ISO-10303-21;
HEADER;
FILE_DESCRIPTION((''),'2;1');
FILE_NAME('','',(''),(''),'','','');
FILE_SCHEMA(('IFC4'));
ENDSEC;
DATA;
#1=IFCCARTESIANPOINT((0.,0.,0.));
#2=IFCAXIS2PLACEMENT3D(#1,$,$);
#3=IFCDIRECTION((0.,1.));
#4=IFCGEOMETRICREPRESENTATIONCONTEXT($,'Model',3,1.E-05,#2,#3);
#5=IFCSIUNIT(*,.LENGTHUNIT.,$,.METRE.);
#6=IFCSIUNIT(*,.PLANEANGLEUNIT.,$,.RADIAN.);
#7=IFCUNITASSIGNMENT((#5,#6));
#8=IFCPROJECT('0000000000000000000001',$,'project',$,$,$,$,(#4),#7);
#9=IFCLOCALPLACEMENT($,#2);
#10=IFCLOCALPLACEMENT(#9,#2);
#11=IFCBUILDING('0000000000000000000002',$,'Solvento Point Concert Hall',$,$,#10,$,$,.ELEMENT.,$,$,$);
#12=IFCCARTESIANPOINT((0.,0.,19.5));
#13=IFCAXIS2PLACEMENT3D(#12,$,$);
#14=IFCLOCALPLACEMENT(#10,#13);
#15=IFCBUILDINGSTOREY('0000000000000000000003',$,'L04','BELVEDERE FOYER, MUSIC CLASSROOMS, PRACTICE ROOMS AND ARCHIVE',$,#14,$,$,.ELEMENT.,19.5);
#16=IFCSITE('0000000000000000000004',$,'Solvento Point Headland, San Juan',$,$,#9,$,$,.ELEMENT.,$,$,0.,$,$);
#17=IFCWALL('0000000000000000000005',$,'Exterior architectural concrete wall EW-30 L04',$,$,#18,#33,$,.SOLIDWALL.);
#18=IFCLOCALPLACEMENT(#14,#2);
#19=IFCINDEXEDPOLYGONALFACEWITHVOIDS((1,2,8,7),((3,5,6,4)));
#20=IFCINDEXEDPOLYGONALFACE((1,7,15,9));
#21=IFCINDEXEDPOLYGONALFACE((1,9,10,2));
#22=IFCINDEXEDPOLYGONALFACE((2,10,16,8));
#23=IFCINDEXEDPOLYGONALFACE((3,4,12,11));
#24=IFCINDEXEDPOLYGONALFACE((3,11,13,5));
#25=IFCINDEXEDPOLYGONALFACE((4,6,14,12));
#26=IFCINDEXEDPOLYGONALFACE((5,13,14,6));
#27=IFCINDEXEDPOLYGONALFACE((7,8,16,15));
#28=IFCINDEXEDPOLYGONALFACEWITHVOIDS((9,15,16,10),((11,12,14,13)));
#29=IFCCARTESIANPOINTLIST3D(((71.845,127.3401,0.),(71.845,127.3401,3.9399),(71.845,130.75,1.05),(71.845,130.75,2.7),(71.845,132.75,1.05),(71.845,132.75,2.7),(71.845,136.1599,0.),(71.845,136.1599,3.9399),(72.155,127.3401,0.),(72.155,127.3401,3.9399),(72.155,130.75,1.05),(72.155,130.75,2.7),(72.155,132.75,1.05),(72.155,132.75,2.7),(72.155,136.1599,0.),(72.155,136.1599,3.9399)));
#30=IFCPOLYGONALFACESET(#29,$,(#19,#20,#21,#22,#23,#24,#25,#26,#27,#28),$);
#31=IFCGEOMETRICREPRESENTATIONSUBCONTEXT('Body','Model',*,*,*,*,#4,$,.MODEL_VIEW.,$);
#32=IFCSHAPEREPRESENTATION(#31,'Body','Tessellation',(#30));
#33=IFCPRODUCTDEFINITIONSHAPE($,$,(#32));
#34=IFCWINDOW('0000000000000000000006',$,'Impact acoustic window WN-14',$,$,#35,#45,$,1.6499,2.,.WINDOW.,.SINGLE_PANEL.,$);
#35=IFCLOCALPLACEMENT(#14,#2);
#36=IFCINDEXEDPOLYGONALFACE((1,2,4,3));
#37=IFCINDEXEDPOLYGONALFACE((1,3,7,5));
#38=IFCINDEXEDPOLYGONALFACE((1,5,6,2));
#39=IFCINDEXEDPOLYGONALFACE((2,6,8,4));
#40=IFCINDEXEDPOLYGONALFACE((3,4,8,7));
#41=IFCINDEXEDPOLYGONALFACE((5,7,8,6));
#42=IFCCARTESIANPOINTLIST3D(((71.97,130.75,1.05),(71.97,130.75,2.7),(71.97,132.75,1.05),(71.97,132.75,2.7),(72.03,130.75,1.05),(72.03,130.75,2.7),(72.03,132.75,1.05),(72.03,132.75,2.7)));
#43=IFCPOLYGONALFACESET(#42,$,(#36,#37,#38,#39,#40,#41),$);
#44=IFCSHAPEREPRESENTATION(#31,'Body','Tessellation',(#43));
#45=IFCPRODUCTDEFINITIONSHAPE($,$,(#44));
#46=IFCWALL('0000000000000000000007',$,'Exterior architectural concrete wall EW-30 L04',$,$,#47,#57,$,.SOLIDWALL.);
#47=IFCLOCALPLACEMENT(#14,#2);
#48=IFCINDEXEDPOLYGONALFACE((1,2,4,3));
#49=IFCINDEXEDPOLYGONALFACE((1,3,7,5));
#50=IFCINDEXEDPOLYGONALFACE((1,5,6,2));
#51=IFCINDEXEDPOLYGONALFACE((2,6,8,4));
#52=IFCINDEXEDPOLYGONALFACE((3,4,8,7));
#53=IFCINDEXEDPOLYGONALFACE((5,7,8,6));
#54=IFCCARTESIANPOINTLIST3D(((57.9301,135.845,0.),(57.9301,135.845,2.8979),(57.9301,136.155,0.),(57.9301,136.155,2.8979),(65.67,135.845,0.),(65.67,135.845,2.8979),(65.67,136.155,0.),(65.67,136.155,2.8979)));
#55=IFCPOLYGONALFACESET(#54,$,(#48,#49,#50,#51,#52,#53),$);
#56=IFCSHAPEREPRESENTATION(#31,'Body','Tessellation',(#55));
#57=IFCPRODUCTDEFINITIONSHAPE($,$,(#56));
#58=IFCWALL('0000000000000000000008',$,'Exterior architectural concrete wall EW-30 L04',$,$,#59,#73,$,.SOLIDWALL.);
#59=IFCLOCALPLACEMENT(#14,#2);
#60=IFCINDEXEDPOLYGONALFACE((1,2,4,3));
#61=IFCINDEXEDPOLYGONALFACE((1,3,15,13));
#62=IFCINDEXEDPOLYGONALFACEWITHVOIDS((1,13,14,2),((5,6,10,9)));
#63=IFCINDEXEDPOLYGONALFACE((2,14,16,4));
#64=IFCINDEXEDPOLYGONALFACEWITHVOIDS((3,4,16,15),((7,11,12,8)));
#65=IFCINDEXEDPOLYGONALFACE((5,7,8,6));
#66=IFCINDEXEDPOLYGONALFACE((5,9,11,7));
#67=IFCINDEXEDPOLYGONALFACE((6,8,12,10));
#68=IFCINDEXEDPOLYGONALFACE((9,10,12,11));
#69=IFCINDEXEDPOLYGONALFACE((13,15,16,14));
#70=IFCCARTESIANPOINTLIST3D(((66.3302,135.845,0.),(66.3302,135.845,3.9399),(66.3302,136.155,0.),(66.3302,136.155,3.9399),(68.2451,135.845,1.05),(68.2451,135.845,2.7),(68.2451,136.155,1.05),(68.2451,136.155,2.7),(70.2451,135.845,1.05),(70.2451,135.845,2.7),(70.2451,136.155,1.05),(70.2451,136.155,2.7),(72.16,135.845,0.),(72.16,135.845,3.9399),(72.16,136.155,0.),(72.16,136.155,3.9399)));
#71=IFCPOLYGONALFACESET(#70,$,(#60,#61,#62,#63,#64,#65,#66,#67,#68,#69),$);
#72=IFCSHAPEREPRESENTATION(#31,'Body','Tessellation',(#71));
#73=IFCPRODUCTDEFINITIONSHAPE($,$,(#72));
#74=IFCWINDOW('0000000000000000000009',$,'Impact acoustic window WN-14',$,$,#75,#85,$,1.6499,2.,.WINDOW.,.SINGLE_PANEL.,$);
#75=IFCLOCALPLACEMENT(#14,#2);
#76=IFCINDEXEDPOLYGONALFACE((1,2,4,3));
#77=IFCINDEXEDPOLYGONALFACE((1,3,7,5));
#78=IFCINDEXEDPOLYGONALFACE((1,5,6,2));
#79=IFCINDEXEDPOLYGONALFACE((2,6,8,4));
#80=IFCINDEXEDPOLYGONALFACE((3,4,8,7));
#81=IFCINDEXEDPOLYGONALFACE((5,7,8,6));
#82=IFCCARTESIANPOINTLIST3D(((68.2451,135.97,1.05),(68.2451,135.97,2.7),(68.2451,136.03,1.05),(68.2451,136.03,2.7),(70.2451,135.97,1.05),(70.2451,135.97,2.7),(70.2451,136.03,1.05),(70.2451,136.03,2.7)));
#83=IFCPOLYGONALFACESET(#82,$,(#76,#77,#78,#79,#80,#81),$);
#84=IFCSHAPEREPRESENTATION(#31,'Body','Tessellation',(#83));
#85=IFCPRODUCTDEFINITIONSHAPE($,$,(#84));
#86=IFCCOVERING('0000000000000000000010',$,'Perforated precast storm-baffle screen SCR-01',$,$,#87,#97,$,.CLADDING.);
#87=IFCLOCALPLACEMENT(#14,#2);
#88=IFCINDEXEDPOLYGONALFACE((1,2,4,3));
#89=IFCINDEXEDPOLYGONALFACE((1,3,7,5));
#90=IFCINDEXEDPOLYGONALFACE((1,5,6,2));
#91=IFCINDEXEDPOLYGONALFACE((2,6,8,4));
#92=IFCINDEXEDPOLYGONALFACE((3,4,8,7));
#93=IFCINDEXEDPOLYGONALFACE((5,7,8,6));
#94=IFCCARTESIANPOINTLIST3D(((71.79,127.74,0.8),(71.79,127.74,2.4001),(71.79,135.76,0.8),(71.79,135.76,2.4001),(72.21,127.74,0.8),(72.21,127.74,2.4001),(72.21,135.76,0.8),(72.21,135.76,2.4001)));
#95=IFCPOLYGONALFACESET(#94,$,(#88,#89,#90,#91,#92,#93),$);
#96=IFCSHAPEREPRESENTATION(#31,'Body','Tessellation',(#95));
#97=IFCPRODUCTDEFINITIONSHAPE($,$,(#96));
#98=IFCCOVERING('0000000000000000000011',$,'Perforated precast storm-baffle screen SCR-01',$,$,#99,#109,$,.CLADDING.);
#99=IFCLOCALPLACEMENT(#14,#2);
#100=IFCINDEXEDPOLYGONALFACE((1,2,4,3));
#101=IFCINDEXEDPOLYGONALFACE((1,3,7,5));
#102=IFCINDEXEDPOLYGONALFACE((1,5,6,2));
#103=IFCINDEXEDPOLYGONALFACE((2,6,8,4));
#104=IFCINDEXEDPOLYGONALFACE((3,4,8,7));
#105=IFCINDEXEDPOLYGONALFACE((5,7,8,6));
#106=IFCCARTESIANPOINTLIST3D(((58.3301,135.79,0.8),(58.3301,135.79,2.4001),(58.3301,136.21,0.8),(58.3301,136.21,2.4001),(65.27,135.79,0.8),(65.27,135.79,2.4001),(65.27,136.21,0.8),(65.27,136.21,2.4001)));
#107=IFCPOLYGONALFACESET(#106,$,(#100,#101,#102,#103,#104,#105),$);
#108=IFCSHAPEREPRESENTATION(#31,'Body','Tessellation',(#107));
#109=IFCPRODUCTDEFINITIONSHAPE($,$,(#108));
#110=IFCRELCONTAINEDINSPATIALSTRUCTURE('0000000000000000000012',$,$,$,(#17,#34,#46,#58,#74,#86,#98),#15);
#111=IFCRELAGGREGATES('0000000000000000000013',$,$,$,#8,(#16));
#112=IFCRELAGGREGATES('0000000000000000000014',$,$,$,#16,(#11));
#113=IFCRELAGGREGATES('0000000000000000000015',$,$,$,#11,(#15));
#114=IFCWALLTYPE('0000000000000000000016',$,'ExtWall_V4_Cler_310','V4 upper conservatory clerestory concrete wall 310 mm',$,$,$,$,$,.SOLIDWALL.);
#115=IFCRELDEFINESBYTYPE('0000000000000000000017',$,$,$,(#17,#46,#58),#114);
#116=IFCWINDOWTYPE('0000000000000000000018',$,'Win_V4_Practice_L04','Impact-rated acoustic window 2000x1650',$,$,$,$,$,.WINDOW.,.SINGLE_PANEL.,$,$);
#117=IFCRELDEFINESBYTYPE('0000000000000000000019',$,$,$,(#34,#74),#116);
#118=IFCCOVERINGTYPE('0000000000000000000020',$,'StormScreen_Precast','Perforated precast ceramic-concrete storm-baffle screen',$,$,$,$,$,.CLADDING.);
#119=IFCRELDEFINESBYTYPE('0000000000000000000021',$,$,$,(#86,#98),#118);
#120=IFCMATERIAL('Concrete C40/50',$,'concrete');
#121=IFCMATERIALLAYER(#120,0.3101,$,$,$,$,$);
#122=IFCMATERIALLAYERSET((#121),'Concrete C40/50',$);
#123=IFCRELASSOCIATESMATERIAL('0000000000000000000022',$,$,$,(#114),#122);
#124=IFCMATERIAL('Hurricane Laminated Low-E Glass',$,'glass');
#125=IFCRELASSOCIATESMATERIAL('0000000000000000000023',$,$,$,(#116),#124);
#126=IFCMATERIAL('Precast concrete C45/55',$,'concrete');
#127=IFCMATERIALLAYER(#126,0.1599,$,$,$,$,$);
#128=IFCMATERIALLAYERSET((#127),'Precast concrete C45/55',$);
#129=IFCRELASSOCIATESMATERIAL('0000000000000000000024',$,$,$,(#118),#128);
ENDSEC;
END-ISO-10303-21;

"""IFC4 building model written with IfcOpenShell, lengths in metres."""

from ifc_helpers import new_model, si_unit, direction, frame, frame_2d, origin, origin_2d, place, context, subcontext, project, spatial, rectangle, extrude, material, layer, layer_set, type_object, element, fill, save


model = new_model("IFC4")

# Units and contexts
model_context = context("Model", 3, precision=1e-05, world=origin(), true_north=direction((0.0, 1.0)))
body_context = subcontext(model_context, "Body", "Model", "MODEL_VIEW")
ifc_project = project(units=[si_unit("LENGTHUNIT", "METRE"), si_unit("PLANEANGLEUNIT", "RADIAN")], contexts=[model_context])

# Site, building, storey
site_placement = place(None, origin())
site = spatial("IfcSite", under=ifc_project, at=site_placement, Name="Solvento Point Headland, San Juan", CompositionType="ELEMENT", RefElevation=0.0)
building_placement = place(site_placement, origin())
building = spatial("IfcBuilding", under=site, at=building_placement, Name="Solvento Point Concert Hall", CompositionType="ELEMENT")
storey_placement = place(building_placement, frame((0.0, 0.0, 19.5)))
storey = spatial("IfcBuildingStorey", under=building, at=storey_placement, Name="L04", Description="BELVEDERE FOYER, MUSIC CLASSROOMS, PRACTICE ROOMS AND ARCHIVE", CompositionType="ELEMENT", Elevation=19.5)

# Wall, opening, window
ifc_material_1 = material(Name="Concrete C40/50", Category="concrete")
ifc_layer_1 = layer(ifc_material_1, 0.3101)
ifc_layer_set_1 = layer_set([ifc_layer_1], Name="Concrete C40/50")
wall_type_1 = type_object("IfcWallType", Name="ExtWall_V4_Cler_310", Description="V4 upper conservatory clerestory concrete wall 310 mm", PredefinedType="SOLIDWALL", material=ifc_layer_set_1)
wall_1_placement = place(storey_placement, frame((72.0, 136.1599, 0.0), z_axis=(0.0, 0.0, 1.0), x_axis=(0.0, -1.0, 0.0)))
wall_1 = element("IfcWall", 1, at=wall_1_placement, inside=storey, type_object=wall_type_1, Name="Exterior architectural concrete wall EW-30 L04", PredefinedType="SOLIDWALL", context=body_context, shape_type="SweptSolid", body=[
    extrude(rectangle(XDim=8.8198, YDim=0.3101, at=frame_2d((4.4099, 0.0))), origin(), (0.0, 0.0, 1.0), 3.9399),
])
opening_1_placement = place(wall_1_placement, frame((3.4099, 0.0, 1.05)))
opening_1 = element("IfcOpeningElement", 2, at=opening_1_placement, cuts=wall_1, PredefinedType="OPENING", context=body_context, shape_type="SweptSolid", body=[
    extrude(rectangle(XDim=2.0, YDim=1.6499, at=frame_2d((1.0, 0.825))), frame((0.0, 0.165, 0.0), z_axis=(0.0, -1.0, 0.0), x_axis=(1.0, 0.0, 0.0)), (0.0, 0.0, 1.0), 0.3301),
])
ifc_material_2 = material(Name="Hurricane Laminated Low-E Glass", Category="glass")
window_type = type_object("IfcWindowType", Name="Win_V4_Practice_L04", Description="Impact-rated acoustic window 2000x1650", PartitioningType="SINGLE_PANEL", PredefinedType="WINDOW", material=ifc_material_2)
window_1_placement = place(opening_1_placement, origin())
window_1 = element("IfcWindow", 3, at=window_1_placement, inside=storey, type_object=window_type, Name="Impact acoustic window WN-14", OverallHeight=1.6499, OverallWidth=2.0, PartitioningType="SINGLE_PANEL", PredefinedType="WINDOW", context=body_context, shape_type="SweptSolid", body=[
    extrude(rectangle(XDim=2.0, YDim=1.6499, at=frame_2d((1.0, 0.825))), frame((0.0, 0.03, 0.0), z_axis=(0.0, -1.0, 0.0), x_axis=(1.0, 0.0, 0.0)), (0.0, 0.0, 1.0), 0.0601),
])
fill(opening_1, window_1)

# Wall
wall_2_placement = place(storey_placement, frame((57.9299, 136.0, 0.0), z_axis=(0.0, 0.0, 1.0), x_axis=(1.0, 0.0, 0.0)))
element("IfcWall", 4, at=wall_2_placement, inside=storey, type_object=wall_type_1, Name="Exterior architectural concrete wall EW-30 L04", PredefinedType="SOLIDWALL", context=body_context, shape_type="SweptSolid", body=[
    extrude(rectangle(XDim=7.74, YDim=0.3101, at=frame_2d((3.8701, 0.0))), origin(), (0.0, 0.0, 1.0), 2.8979),
])

# Wall, opening, window
wall_3_placement = place(storey_placement, frame((66.3301, 136.0, 0.0), z_axis=(0.0, 0.0, 1.0), x_axis=(1.0, 0.0, 0.0)))
wall_3 = element("IfcWall", 5, at=wall_3_placement, inside=storey, type_object=wall_type_1, Name="Exterior architectural concrete wall EW-30 L04", PredefinedType="SOLIDWALL", context=body_context, shape_type="SweptSolid", body=[
    extrude(rectangle(XDim=5.8298, YDim=0.3101, at=frame_2d((2.915, 0.0))), origin(), (0.0, 0.0, 1.0), 3.9399),
])
opening_2_placement = place(wall_3_placement, frame((1.915, 0.0, 1.05)))
opening_2 = element("IfcOpeningElement", 6, at=opening_2_placement, cuts=wall_3, PredefinedType="OPENING", context=body_context, shape_type="SweptSolid", body=[
    extrude(rectangle(XDim=2.0, YDim=1.6499, at=frame_2d((1.0, 0.825))), frame((0.0, 0.165, 0.0), z_axis=(0.0, -1.0, 0.0), x_axis=(1.0, 0.0, 0.0)), (0.0, 0.0, 1.0), 0.3301),
])
window_2_placement = place(opening_2_placement, origin())
window_2 = element("IfcWindow", 7, at=window_2_placement, inside=storey, type_object=window_type, Name="Impact acoustic window WN-14", OverallHeight=1.6499, OverallWidth=2.0, PartitioningType="SINGLE_PANEL", PredefinedType="WINDOW", context=body_context, shape_type="SweptSolid", body=[
    extrude(rectangle(XDim=2.0, YDim=1.6499, at=frame_2d((1.0, 0.825))), frame((0.0, 0.03, 0.0), z_axis=(0.0, -1.0, 0.0), x_axis=(1.0, 0.0, 0.0)), (0.0, 0.0, 1.0), 0.0601),
])
fill(opening_2, window_2)

# Coverings
ifc_material_3 = material(Name="Precast concrete C45/55", Category="concrete")
ifc_layer_2 = layer(ifc_material_3, 0.1599)
ifc_layer_set_2 = layer_set([ifc_layer_2], Name="Precast concrete C45/55")
covering_type = type_object("IfcCoveringType", Name="StormScreen_Precast", Description="Perforated precast ceramic-concrete storm-baffle screen", PredefinedType="CLADDING", material=ifc_layer_set_2)
covering_1_placement = place(storey_placement, frame((72.0, 131.75, 0.8), z_axis=(0.0, 0.0, 1.0), x_axis=(0.0, -1.0, 0.0)))
element("IfcCovering", 8, at=covering_1_placement, inside=storey, type_object=covering_type, Name="Perforated precast storm-baffle screen SCR-01", PredefinedType="CLADDING", context=body_context, shape_type="SweptSolid", body=[
    extrude(rectangle(XDim=8.02, YDim=0.4199, at=origin_2d()), origin(), (0.0, 0.0, 1.0), 1.6001),
])
covering_2_placement = place(storey_placement, frame((61.8, 136.0, 0.8), z_axis=(0.0, 0.0, 1.0), x_axis=(1.0, 0.0, 0.0)))
element("IfcCovering", 9, at=covering_2_placement, inside=storey, type_object=covering_type, Name="Perforated precast storm-baffle screen SCR-01", PredefinedType="CLADDING", context=body_context, shape_type="SweptSolid", body=[
    extrude(rectangle(XDim=6.9399, YDim=0.4199, at=origin_2d()), origin(), (0.0, 0.0, 1.0), 1.6001),
])

save(model, "model.ifc")
